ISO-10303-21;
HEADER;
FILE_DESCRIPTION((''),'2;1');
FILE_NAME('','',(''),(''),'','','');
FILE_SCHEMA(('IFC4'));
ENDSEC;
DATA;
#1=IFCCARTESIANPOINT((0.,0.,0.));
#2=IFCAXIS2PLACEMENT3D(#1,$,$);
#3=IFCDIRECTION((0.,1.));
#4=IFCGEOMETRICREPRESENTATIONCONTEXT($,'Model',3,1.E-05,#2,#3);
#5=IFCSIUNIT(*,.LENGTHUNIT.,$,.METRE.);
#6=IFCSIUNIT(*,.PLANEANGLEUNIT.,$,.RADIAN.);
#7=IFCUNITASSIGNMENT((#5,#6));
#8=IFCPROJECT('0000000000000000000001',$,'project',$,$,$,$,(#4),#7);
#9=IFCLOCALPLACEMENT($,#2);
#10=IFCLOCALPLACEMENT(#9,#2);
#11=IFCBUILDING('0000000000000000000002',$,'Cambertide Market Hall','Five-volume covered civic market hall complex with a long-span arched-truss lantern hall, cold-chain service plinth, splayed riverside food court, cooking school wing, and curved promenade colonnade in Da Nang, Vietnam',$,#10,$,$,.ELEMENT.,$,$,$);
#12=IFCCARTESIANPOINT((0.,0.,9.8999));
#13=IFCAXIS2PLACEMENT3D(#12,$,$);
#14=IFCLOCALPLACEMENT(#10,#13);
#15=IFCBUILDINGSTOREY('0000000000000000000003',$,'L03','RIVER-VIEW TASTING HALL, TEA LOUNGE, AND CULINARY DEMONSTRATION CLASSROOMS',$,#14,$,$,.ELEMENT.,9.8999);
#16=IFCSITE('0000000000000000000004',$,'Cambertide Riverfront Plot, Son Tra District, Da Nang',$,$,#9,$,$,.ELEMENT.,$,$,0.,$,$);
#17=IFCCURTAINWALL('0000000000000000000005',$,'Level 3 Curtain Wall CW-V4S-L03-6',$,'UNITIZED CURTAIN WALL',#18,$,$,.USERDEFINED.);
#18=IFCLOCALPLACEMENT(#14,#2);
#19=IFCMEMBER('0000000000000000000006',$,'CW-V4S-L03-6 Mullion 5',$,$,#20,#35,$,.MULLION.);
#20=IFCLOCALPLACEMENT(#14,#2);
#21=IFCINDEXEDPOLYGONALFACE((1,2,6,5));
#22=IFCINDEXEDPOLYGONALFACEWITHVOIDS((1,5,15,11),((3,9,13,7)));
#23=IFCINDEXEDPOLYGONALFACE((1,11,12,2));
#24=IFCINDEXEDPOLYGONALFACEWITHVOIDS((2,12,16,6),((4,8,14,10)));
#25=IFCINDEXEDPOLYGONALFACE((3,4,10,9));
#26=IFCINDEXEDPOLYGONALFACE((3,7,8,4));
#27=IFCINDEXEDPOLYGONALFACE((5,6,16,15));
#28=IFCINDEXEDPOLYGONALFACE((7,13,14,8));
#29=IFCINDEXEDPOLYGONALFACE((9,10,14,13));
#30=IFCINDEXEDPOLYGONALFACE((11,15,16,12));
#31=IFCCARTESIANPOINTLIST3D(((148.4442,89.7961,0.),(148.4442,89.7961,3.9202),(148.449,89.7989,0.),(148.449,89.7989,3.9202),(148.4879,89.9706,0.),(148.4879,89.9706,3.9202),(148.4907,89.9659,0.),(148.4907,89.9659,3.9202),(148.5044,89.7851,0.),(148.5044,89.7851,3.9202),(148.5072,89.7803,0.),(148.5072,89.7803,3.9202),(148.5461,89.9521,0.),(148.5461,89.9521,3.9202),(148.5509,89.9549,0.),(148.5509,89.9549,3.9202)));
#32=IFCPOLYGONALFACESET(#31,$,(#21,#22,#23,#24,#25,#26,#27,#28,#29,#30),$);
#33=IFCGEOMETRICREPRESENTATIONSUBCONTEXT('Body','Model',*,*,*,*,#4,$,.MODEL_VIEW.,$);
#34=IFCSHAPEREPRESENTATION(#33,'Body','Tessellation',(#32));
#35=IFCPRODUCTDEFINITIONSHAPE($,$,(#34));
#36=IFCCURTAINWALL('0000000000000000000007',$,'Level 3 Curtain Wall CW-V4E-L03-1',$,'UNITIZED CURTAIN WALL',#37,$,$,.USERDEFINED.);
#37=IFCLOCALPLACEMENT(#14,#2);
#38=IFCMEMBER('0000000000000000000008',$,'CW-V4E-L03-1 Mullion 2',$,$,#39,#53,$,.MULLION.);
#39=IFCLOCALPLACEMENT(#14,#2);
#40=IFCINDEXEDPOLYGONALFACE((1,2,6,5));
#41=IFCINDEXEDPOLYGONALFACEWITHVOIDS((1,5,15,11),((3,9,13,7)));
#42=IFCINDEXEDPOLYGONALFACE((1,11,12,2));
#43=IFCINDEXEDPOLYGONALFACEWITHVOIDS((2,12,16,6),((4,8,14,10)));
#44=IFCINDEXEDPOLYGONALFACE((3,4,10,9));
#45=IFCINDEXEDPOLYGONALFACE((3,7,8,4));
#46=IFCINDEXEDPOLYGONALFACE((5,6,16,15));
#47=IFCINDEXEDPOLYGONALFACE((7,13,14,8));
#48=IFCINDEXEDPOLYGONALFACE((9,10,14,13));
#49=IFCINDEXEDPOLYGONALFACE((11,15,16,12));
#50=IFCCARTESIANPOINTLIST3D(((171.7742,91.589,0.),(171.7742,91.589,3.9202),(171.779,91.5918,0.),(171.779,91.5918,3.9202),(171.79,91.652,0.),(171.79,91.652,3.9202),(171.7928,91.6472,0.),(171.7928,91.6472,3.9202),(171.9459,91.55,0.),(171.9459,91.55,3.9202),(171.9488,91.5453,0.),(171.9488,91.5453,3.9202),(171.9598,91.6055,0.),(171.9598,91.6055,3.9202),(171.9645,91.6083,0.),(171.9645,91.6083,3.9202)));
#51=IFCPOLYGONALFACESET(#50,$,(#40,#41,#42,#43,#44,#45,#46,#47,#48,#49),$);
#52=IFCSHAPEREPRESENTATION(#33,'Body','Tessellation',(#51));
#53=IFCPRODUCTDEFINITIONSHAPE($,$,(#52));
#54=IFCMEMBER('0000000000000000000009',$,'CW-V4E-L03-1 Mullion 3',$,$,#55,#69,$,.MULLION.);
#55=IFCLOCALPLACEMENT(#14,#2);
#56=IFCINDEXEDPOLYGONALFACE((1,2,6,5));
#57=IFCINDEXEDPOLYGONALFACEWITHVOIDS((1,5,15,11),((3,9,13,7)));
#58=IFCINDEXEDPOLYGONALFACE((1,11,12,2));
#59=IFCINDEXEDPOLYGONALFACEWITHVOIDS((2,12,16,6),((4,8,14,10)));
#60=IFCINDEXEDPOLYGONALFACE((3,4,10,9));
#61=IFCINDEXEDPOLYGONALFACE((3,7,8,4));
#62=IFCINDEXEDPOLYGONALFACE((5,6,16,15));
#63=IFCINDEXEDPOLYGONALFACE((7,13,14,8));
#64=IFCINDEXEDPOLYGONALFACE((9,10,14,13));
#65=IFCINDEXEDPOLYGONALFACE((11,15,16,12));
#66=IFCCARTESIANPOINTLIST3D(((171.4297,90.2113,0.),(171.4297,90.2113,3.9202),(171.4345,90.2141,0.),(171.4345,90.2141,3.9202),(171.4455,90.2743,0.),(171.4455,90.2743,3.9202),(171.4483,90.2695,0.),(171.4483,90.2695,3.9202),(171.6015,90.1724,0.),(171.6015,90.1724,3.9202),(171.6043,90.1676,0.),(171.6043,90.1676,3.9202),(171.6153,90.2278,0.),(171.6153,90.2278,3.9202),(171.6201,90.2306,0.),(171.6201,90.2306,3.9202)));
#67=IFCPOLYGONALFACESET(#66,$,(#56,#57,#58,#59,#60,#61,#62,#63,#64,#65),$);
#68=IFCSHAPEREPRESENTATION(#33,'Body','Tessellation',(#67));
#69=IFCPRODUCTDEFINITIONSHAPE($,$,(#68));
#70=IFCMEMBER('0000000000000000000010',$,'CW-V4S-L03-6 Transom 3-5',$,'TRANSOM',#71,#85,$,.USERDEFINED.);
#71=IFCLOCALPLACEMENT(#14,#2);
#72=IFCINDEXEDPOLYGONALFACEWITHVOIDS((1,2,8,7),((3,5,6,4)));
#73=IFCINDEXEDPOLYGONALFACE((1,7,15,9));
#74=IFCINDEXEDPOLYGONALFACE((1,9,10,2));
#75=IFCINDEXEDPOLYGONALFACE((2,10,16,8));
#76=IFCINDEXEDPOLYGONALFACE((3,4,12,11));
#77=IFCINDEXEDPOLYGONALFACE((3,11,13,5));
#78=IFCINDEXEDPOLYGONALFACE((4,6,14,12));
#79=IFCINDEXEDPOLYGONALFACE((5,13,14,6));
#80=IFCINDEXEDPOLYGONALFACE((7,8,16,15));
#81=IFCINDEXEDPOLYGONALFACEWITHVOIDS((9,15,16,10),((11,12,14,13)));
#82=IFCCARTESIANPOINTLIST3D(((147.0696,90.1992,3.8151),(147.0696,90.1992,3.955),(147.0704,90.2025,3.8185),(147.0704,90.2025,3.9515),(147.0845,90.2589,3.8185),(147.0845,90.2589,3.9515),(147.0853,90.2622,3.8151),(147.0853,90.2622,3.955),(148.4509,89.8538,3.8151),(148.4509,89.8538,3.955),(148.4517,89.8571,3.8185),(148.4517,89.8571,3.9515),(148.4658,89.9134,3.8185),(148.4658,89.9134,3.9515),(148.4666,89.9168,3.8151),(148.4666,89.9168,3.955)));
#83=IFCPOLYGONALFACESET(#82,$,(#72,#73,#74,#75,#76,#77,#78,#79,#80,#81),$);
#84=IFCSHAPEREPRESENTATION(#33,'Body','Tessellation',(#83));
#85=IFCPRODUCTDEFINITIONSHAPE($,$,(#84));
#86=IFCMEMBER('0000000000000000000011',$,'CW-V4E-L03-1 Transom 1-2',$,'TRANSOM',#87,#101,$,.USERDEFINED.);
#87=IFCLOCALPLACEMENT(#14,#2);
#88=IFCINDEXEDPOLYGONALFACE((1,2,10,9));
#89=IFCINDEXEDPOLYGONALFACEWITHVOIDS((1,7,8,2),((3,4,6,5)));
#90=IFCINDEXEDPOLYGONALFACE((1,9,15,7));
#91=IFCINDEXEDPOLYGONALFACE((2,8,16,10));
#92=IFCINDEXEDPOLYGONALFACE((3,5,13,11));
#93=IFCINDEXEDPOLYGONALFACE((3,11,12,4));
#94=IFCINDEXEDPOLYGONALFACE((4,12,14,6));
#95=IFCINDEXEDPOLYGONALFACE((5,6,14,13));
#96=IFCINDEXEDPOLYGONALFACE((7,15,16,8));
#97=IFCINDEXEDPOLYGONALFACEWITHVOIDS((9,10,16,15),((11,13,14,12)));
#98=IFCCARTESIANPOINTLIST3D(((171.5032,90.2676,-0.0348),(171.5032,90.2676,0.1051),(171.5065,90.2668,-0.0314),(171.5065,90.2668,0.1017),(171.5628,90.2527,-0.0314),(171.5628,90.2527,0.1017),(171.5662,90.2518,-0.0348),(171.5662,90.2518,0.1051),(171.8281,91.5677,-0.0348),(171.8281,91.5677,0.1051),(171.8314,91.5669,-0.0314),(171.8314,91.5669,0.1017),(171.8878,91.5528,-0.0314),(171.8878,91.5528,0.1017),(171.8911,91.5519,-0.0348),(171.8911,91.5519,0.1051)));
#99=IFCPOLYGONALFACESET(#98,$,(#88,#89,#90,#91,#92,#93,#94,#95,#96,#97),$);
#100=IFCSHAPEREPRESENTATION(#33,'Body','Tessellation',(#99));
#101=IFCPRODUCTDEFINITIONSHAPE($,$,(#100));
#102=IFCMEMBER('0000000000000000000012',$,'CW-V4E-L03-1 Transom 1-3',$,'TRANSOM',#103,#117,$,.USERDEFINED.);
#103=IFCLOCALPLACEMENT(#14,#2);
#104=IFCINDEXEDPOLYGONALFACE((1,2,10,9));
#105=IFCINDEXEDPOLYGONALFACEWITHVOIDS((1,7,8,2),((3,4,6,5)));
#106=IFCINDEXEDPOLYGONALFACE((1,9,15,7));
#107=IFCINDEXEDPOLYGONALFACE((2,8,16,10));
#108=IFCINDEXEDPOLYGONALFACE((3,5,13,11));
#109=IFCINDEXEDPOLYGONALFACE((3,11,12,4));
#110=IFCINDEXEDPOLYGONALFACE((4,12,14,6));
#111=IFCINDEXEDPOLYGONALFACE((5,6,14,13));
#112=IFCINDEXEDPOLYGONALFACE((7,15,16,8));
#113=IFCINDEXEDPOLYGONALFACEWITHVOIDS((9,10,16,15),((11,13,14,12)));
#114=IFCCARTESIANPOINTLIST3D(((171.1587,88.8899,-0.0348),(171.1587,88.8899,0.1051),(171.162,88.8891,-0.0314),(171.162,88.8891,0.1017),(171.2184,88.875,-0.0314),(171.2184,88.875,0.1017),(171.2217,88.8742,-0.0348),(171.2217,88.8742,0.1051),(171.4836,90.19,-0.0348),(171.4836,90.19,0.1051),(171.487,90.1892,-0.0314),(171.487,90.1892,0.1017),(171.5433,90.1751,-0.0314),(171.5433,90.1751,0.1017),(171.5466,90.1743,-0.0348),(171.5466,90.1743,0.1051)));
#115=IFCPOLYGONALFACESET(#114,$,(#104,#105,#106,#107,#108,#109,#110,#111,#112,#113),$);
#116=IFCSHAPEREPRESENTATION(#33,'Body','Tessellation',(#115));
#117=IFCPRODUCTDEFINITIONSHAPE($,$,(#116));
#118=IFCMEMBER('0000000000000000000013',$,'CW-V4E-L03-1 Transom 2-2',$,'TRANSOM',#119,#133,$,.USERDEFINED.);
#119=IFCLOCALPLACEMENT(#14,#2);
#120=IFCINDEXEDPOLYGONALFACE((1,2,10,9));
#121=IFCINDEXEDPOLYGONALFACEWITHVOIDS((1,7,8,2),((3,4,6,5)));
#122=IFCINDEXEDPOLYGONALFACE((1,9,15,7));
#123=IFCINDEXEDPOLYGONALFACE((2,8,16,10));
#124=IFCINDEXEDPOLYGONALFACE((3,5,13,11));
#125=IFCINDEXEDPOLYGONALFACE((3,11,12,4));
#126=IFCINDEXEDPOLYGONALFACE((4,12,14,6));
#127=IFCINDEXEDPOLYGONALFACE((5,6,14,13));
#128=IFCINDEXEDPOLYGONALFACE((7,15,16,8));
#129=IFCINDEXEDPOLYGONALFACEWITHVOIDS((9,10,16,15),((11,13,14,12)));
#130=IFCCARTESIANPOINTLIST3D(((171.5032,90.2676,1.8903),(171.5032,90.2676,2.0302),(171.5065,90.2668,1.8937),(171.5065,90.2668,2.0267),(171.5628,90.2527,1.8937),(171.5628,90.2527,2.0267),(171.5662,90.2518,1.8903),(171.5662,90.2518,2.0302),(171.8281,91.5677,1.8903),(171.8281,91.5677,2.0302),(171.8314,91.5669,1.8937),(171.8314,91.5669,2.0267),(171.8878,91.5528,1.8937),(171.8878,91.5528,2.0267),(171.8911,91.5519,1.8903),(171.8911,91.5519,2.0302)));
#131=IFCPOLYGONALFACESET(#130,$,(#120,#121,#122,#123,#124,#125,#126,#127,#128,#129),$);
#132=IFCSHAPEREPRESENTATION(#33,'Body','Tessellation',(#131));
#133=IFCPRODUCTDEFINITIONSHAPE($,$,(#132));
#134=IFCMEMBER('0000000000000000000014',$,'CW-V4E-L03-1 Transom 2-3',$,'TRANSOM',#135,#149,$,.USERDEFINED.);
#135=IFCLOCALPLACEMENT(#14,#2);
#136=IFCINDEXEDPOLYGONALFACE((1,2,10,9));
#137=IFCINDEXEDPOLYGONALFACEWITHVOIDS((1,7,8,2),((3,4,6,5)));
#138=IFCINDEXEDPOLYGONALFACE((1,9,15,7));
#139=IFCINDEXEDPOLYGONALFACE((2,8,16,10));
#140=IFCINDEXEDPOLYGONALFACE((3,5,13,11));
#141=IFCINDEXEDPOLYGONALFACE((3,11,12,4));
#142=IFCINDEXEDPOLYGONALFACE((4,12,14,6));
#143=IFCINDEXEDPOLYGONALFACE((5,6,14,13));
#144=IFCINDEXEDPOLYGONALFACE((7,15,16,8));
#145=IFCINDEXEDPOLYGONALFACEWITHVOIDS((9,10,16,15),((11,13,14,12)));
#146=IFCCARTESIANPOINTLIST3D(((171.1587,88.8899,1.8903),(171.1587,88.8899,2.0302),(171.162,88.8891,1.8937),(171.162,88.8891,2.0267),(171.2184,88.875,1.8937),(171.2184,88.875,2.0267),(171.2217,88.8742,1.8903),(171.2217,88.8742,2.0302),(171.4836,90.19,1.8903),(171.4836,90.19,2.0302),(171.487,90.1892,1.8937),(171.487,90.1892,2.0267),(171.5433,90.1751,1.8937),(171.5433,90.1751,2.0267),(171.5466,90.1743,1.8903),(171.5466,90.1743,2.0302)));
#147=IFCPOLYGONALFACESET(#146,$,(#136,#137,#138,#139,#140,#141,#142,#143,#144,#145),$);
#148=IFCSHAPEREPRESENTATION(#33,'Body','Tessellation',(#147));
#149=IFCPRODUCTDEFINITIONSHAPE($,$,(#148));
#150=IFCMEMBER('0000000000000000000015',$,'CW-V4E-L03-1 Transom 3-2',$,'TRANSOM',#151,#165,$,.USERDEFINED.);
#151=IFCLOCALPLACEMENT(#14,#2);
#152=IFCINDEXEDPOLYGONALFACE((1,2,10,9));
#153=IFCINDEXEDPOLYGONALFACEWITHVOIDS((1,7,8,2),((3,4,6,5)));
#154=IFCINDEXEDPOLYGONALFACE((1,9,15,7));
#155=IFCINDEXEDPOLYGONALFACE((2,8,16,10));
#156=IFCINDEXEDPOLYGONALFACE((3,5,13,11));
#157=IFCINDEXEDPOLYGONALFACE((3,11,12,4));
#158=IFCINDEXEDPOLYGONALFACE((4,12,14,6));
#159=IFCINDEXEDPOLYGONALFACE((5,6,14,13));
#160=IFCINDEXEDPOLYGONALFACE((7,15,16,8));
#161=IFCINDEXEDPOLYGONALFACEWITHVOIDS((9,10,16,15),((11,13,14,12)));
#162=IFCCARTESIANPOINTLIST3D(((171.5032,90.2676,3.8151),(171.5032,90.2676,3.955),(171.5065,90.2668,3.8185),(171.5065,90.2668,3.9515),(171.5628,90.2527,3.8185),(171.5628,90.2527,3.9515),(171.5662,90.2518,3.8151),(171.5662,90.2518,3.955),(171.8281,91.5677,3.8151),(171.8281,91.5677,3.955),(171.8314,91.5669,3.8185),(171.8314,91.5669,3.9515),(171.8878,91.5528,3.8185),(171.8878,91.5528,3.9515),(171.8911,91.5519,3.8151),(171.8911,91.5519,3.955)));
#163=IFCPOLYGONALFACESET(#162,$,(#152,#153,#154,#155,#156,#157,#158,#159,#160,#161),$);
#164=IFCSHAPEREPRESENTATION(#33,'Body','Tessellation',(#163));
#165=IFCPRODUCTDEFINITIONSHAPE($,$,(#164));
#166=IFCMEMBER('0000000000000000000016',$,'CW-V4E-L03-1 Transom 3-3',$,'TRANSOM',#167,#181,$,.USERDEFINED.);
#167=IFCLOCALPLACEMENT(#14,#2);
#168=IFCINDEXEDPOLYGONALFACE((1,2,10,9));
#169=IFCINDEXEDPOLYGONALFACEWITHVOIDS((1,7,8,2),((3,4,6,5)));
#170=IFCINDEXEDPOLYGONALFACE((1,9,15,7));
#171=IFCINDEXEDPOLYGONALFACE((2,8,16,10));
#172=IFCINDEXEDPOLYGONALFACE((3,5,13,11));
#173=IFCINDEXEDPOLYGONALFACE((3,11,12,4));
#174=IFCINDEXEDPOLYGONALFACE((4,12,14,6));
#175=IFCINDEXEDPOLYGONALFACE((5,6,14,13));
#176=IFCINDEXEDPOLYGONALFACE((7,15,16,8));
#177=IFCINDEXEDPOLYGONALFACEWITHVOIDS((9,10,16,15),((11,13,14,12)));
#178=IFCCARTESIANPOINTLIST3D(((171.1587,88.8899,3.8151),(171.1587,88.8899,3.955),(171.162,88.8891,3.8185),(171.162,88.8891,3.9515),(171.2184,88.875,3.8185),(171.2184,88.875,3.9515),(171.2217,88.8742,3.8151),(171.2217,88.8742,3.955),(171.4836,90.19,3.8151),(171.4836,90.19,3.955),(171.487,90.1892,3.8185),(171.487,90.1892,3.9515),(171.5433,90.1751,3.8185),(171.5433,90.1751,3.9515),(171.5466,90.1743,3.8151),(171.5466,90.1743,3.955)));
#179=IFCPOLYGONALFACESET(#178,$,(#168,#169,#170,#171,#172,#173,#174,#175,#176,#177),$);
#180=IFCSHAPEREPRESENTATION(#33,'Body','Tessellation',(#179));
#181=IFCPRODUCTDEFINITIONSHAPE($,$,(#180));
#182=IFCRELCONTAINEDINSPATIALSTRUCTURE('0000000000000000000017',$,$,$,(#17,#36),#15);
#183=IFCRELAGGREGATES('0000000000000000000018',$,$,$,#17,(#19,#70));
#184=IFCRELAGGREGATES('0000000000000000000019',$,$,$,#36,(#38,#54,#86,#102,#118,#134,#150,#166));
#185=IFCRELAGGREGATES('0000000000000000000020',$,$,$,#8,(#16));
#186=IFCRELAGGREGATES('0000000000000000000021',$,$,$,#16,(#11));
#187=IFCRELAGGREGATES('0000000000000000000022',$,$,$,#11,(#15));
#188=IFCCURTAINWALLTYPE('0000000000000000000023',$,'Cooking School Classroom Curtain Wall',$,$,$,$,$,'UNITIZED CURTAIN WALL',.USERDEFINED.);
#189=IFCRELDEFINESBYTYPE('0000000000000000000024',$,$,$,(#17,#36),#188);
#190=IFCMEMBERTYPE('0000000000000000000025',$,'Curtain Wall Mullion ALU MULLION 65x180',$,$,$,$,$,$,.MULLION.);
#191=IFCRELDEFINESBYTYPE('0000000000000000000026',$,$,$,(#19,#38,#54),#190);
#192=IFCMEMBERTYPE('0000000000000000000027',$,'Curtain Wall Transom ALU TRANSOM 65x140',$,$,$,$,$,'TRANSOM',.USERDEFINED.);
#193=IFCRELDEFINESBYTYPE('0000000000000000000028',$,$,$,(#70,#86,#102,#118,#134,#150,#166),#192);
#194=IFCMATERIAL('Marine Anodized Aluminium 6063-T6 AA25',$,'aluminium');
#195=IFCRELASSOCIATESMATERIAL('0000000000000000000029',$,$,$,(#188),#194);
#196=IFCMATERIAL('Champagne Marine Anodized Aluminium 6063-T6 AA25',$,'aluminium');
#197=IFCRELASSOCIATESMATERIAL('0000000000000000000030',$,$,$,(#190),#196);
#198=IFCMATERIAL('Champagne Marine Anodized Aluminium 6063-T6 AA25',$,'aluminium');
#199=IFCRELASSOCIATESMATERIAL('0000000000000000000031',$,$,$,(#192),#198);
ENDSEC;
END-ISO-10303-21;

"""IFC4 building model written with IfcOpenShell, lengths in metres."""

from ifc_helpers import new_model, si_unit, direction, frame, origin, origin_2d, place, context, subcontext, project, spatial, hollow_rectangle, extrude, material, material_profile, profile_set, type_object, element, aggregate, save


model = new_model("IFC4")

# Units and contexts
model_context = context("Model", 3, precision=1e-05, world=origin(), true_north=direction((0.0, 1.0)))
body_context = subcontext(model_context, "Body", "Model", "MODEL_VIEW")
ifc_project = project(units=[si_unit("LENGTHUNIT", "METRE"), si_unit("PLANEANGLEUNIT", "RADIAN")], contexts=[model_context])

# Site, building, storey
site_placement = place(None, origin())
site = spatial("IfcSite", under=ifc_project, at=site_placement, Name="Cambertide Riverfront Plot, Son Tra District, Da Nang", CompositionType="ELEMENT", RefElevation=0.0)
building_placement = place(site_placement, origin())
building = spatial("IfcBuilding", under=site, at=building_placement, Name="Cambertide Market Hall", Description="Five-volume covered civic market hall complex with a long-span arched-truss lantern hall, cold-chain service plinth, splayed riverside food court, cooking school wing, and curved promenade colonnade in Da Nang, Vietnam", CompositionType="ELEMENT")
storey_placement = place(building_placement, frame((0.0, 0.0, 9.8999)))
storey = spatial("IfcBuildingStorey", under=building, at=storey_placement, Name="L03", Description="RIVER-VIEW TASTING HALL, TEA LOUNGE, AND CULINARY DEMONSTRATION CLASSROOMS", CompositionType="ELEMENT", Elevation=9.8999)

# Curtain wall, member
ifc_material_1 = material(Name="Marine Anodized Aluminium 6063-T6 AA25", Category="aluminium")
curtain_wall_type = type_object("IfcCurtainWallType", Name="Cooking School Classroom Curtain Wall", ElementType="UNITIZED CURTAIN WALL", PredefinedType="USERDEFINED", material=ifc_material_1)
curtain_wall_1_placement = place(storey_placement, origin())
curtain_wall_1 = element("IfcCurtainWall", 1, at=curtain_wall_1_placement, inside=storey, type_object=curtain_wall_type, Name="Level 3 Curtain Wall CW-V4S-L03-6", ObjectType="UNITIZED CURTAIN WALL", PredefinedType="USERDEFINED")
ifc_material_2 = material(Name="Champagne Marine Anodized Aluminium 6063-T6 AA25", Category="aluminium")
ifc_material_profile_1 = material_profile(ifc_material_2, hollow_rectangle(XDim=0.0649, YDim=0.1799, WallThickness=0.0039, at=origin_2d()), Name="ALU MULLION 65x180")
ifc_profile_set_1 = profile_set([ifc_material_profile_1], Name="Champagne Marine Anodized Aluminium 6063-T6 AA25")
member_type_1 = type_object("IfcMemberType", Name="Curtain Wall Mullion ALU MULLION 65x180", PredefinedType="MULLION", material=ifc_profile_set_1)
member_1_placement = place(storey_placement, frame((148.4976, 89.8755, 0.0), z_axis=(0.0, 0.0, 1.0), x_axis=(-0.970143, 0.242535, 0.0)))
member_1 = element("IfcMember", 2, at=member_1_placement, type_object=member_type_1, Name="CW-V4S-L03-6 Mullion 5", PredefinedType="MULLION", context=body_context, shape_type="SweptSolid", body=[
    extrude(hollow_rectangle(XDim=0.0649, YDim=0.1799, WallThickness=0.0039, at=origin_2d()), origin(), (0.0, 0.0, 1.0), 3.9202),
])

# Curtain wall, members
curtain_wall_2_placement = place(storey_placement, origin())
curtain_wall_2 = element("IfcCurtainWall", 3, at=curtain_wall_2_placement, inside=storey, type_object=curtain_wall_type, Name="Level 3 Curtain Wall CW-V4E-L03-1", ObjectType="UNITIZED CURTAIN WALL", PredefinedType="USERDEFINED")
member_2_placement = place(storey_placement, frame((171.8694, 91.5986, 0.0), z_axis=(0.0, 0.0, 1.0), x_axis=(-0.242536, -0.970143, 0.0)))
member_2 = element("IfcMember", 4, at=member_2_placement, type_object=member_type_1, Name="CW-V4E-L03-1 Mullion 2", PredefinedType="MULLION", context=body_context, shape_type="SweptSolid", body=[
    extrude(hollow_rectangle(XDim=0.0649, YDim=0.1799, WallThickness=0.0039, at=origin_2d()), origin(), (0.0, 0.0, 1.0), 3.9202),
])
member_3_placement = place(storey_placement, frame((171.5249, 90.2209, 0.0), z_axis=(0.0, 0.0, 1.0), x_axis=(-0.242536, -0.970143, 0.0)))
member_3 = element("IfcMember", 5, at=member_3_placement, type_object=member_type_1, Name="CW-V4E-L03-1 Mullion 3", PredefinedType="MULLION", context=body_context, shape_type="SweptSolid", body=[
    extrude(hollow_rectangle(XDim=0.0649, YDim=0.1799, WallThickness=0.0039, at=origin_2d()), origin(), (0.0, 0.0, 1.0), 3.9202),
])

# Members
ifc_material_3 = material(Name="Champagne Marine Anodized Aluminium 6063-T6 AA25", Category="aluminium")
ifc_material_profile_2 = material_profile(ifc_material_3, hollow_rectangle(XDim=0.0649, YDim=0.1399, WallThickness=0.0034, at=origin_2d()), Name="ALU TRANSOM 65x140")
ifc_profile_set_2 = profile_set([ifc_material_profile_2], Name="Champagne Marine Anodized Aluminium 6063-T6 AA25")
member_type_2 = type_object("IfcMemberType", Name="Curtain Wall Transom ALU TRANSOM 65x140", ElementType="TRANSOM", PredefinedType="USERDEFINED", material=ifc_profile_set_2)
member_4_placement = place(storey_placement, frame((148.4587, 89.8853, 3.885), z_axis=(-0.970122, 0.242616, 0.0), x_axis=(-0.242616, -0.970122, 0.0)))
member_4 = element("IfcMember", 6, at=member_4_placement, type_object=member_type_2, Name="CW-V4S-L03-6 Transom 3-5", ObjectType="TRANSOM", PredefinedType="USERDEFINED", context=body_context, shape_type="SweptSolid", body=[
    extrude(hollow_rectangle(XDim=0.0649, YDim=0.1399, WallThickness=0.0034, at=origin_2d()), origin(), (0.0, 0.0, 1.0), 1.4238),
])
member_5_placement = place(storey_placement, frame((171.8596, 91.5598, 0.0352), z_axis=(-0.242493, -0.970153, 0.0), x_axis=(0.970153, -0.242493, 0.0)))
member_5 = element("IfcMember", 7, at=member_5_placement, type_object=member_type_2, Name="CW-V4E-L03-1 Transom 1-2", ObjectType="TRANSOM", PredefinedType="USERDEFINED", context=body_context, shape_type="SweptSolid", body=[
    extrude(hollow_rectangle(XDim=0.0649, YDim=0.1399, WallThickness=0.0034, at=origin_2d()), origin(), (0.0, 0.0, 1.0), 1.3401),
])
member_6_placement = place(storey_placement, frame((171.5151, 90.1821, 0.0352), z_axis=(-0.242493, -0.970153, 0.0), x_axis=(0.970153, -0.242493, 0.0)))
member_6 = element("IfcMember", 8, at=member_6_placement, type_object=member_type_2, Name="CW-V4E-L03-1 Transom 1-3", ObjectType="TRANSOM", PredefinedType="USERDEFINED", context=body_context, shape_type="SweptSolid", body=[
    extrude(hollow_rectangle(XDim=0.0649, YDim=0.1399, WallThickness=0.0034, at=origin_2d()), origin(), (0.0, 0.0, 1.0), 1.3401),
])
member_7_placement = place(storey_placement, frame((171.8596, 91.5598, 1.9602), z_axis=(-0.242493, -0.970153, 0.0), x_axis=(0.970153, -0.242493, 0.0)))
member_7 = element("IfcMember", 9, at=member_7_placement, type_object=member_type_2, Name="CW-V4E-L03-1 Transom 2-2", ObjectType="TRANSOM", PredefinedType="USERDEFINED", context=body_context, shape_type="SweptSolid", body=[
    extrude(hollow_rectangle(XDim=0.0649, YDim=0.1399, WallThickness=0.0034, at=origin_2d()), origin(), (0.0, 0.0, 1.0), 1.3401),
])
member_8_placement = place(storey_placement, frame((171.5151, 90.1821, 1.9602), z_axis=(-0.242493, -0.970153, 0.0), x_axis=(0.970153, -0.242493, 0.0)))
member_8 = element("IfcMember", 10, at=member_8_placement, type_object=member_type_2, Name="CW-V4E-L03-1 Transom 2-3", ObjectType="TRANSOM", PredefinedType="USERDEFINED", context=body_context, shape_type="SweptSolid", body=[
    extrude(hollow_rectangle(XDim=0.0649, YDim=0.1399, WallThickness=0.0034, at=origin_2d()), origin(), (0.0, 0.0, 1.0), 1.3401),
])
member_9_placement = place(storey_placement, frame((171.8596, 91.5598, 3.885), z_axis=(-0.242493, -0.970153, 0.0), x_axis=(0.970153, -0.242493, 0.0)))
member_9 = element("IfcMember", 11, at=member_9_placement, type_object=member_type_2, Name="CW-V4E-L03-1 Transom 3-2", ObjectType="TRANSOM", PredefinedType="USERDEFINED", context=body_context, shape_type="SweptSolid", body=[
    extrude(hollow_rectangle(XDim=0.0649, YDim=0.1399, WallThickness=0.0034, at=origin_2d()), origin(), (0.0, 0.0, 1.0), 1.3401),
])
member_10_placement = place(storey_placement, frame((171.5151, 90.1821, 3.885), z_axis=(-0.242493, -0.970153, 0.0), x_axis=(0.970153, -0.242493, 0.0)))
member_10 = element("IfcMember", 12, at=member_10_placement, type_object=member_type_2, Name="CW-V4E-L03-1 Transom 3-3", ObjectType="TRANSOM", PredefinedType="USERDEFINED", context=body_context, shape_type="SweptSolid", body=[
    extrude(hollow_rectangle(XDim=0.0649, YDim=0.1399, WallThickness=0.0034, at=origin_2d()), origin(), (0.0, 0.0, 1.0), 1.3401),
])

aggregate(curtain_wall_1, [member_1, member_4])
aggregate(curtain_wall_2, [member_2, member_3, member_5, member_6, member_7, member_8, member_9, member_10])

save(model, "model.ifc")
